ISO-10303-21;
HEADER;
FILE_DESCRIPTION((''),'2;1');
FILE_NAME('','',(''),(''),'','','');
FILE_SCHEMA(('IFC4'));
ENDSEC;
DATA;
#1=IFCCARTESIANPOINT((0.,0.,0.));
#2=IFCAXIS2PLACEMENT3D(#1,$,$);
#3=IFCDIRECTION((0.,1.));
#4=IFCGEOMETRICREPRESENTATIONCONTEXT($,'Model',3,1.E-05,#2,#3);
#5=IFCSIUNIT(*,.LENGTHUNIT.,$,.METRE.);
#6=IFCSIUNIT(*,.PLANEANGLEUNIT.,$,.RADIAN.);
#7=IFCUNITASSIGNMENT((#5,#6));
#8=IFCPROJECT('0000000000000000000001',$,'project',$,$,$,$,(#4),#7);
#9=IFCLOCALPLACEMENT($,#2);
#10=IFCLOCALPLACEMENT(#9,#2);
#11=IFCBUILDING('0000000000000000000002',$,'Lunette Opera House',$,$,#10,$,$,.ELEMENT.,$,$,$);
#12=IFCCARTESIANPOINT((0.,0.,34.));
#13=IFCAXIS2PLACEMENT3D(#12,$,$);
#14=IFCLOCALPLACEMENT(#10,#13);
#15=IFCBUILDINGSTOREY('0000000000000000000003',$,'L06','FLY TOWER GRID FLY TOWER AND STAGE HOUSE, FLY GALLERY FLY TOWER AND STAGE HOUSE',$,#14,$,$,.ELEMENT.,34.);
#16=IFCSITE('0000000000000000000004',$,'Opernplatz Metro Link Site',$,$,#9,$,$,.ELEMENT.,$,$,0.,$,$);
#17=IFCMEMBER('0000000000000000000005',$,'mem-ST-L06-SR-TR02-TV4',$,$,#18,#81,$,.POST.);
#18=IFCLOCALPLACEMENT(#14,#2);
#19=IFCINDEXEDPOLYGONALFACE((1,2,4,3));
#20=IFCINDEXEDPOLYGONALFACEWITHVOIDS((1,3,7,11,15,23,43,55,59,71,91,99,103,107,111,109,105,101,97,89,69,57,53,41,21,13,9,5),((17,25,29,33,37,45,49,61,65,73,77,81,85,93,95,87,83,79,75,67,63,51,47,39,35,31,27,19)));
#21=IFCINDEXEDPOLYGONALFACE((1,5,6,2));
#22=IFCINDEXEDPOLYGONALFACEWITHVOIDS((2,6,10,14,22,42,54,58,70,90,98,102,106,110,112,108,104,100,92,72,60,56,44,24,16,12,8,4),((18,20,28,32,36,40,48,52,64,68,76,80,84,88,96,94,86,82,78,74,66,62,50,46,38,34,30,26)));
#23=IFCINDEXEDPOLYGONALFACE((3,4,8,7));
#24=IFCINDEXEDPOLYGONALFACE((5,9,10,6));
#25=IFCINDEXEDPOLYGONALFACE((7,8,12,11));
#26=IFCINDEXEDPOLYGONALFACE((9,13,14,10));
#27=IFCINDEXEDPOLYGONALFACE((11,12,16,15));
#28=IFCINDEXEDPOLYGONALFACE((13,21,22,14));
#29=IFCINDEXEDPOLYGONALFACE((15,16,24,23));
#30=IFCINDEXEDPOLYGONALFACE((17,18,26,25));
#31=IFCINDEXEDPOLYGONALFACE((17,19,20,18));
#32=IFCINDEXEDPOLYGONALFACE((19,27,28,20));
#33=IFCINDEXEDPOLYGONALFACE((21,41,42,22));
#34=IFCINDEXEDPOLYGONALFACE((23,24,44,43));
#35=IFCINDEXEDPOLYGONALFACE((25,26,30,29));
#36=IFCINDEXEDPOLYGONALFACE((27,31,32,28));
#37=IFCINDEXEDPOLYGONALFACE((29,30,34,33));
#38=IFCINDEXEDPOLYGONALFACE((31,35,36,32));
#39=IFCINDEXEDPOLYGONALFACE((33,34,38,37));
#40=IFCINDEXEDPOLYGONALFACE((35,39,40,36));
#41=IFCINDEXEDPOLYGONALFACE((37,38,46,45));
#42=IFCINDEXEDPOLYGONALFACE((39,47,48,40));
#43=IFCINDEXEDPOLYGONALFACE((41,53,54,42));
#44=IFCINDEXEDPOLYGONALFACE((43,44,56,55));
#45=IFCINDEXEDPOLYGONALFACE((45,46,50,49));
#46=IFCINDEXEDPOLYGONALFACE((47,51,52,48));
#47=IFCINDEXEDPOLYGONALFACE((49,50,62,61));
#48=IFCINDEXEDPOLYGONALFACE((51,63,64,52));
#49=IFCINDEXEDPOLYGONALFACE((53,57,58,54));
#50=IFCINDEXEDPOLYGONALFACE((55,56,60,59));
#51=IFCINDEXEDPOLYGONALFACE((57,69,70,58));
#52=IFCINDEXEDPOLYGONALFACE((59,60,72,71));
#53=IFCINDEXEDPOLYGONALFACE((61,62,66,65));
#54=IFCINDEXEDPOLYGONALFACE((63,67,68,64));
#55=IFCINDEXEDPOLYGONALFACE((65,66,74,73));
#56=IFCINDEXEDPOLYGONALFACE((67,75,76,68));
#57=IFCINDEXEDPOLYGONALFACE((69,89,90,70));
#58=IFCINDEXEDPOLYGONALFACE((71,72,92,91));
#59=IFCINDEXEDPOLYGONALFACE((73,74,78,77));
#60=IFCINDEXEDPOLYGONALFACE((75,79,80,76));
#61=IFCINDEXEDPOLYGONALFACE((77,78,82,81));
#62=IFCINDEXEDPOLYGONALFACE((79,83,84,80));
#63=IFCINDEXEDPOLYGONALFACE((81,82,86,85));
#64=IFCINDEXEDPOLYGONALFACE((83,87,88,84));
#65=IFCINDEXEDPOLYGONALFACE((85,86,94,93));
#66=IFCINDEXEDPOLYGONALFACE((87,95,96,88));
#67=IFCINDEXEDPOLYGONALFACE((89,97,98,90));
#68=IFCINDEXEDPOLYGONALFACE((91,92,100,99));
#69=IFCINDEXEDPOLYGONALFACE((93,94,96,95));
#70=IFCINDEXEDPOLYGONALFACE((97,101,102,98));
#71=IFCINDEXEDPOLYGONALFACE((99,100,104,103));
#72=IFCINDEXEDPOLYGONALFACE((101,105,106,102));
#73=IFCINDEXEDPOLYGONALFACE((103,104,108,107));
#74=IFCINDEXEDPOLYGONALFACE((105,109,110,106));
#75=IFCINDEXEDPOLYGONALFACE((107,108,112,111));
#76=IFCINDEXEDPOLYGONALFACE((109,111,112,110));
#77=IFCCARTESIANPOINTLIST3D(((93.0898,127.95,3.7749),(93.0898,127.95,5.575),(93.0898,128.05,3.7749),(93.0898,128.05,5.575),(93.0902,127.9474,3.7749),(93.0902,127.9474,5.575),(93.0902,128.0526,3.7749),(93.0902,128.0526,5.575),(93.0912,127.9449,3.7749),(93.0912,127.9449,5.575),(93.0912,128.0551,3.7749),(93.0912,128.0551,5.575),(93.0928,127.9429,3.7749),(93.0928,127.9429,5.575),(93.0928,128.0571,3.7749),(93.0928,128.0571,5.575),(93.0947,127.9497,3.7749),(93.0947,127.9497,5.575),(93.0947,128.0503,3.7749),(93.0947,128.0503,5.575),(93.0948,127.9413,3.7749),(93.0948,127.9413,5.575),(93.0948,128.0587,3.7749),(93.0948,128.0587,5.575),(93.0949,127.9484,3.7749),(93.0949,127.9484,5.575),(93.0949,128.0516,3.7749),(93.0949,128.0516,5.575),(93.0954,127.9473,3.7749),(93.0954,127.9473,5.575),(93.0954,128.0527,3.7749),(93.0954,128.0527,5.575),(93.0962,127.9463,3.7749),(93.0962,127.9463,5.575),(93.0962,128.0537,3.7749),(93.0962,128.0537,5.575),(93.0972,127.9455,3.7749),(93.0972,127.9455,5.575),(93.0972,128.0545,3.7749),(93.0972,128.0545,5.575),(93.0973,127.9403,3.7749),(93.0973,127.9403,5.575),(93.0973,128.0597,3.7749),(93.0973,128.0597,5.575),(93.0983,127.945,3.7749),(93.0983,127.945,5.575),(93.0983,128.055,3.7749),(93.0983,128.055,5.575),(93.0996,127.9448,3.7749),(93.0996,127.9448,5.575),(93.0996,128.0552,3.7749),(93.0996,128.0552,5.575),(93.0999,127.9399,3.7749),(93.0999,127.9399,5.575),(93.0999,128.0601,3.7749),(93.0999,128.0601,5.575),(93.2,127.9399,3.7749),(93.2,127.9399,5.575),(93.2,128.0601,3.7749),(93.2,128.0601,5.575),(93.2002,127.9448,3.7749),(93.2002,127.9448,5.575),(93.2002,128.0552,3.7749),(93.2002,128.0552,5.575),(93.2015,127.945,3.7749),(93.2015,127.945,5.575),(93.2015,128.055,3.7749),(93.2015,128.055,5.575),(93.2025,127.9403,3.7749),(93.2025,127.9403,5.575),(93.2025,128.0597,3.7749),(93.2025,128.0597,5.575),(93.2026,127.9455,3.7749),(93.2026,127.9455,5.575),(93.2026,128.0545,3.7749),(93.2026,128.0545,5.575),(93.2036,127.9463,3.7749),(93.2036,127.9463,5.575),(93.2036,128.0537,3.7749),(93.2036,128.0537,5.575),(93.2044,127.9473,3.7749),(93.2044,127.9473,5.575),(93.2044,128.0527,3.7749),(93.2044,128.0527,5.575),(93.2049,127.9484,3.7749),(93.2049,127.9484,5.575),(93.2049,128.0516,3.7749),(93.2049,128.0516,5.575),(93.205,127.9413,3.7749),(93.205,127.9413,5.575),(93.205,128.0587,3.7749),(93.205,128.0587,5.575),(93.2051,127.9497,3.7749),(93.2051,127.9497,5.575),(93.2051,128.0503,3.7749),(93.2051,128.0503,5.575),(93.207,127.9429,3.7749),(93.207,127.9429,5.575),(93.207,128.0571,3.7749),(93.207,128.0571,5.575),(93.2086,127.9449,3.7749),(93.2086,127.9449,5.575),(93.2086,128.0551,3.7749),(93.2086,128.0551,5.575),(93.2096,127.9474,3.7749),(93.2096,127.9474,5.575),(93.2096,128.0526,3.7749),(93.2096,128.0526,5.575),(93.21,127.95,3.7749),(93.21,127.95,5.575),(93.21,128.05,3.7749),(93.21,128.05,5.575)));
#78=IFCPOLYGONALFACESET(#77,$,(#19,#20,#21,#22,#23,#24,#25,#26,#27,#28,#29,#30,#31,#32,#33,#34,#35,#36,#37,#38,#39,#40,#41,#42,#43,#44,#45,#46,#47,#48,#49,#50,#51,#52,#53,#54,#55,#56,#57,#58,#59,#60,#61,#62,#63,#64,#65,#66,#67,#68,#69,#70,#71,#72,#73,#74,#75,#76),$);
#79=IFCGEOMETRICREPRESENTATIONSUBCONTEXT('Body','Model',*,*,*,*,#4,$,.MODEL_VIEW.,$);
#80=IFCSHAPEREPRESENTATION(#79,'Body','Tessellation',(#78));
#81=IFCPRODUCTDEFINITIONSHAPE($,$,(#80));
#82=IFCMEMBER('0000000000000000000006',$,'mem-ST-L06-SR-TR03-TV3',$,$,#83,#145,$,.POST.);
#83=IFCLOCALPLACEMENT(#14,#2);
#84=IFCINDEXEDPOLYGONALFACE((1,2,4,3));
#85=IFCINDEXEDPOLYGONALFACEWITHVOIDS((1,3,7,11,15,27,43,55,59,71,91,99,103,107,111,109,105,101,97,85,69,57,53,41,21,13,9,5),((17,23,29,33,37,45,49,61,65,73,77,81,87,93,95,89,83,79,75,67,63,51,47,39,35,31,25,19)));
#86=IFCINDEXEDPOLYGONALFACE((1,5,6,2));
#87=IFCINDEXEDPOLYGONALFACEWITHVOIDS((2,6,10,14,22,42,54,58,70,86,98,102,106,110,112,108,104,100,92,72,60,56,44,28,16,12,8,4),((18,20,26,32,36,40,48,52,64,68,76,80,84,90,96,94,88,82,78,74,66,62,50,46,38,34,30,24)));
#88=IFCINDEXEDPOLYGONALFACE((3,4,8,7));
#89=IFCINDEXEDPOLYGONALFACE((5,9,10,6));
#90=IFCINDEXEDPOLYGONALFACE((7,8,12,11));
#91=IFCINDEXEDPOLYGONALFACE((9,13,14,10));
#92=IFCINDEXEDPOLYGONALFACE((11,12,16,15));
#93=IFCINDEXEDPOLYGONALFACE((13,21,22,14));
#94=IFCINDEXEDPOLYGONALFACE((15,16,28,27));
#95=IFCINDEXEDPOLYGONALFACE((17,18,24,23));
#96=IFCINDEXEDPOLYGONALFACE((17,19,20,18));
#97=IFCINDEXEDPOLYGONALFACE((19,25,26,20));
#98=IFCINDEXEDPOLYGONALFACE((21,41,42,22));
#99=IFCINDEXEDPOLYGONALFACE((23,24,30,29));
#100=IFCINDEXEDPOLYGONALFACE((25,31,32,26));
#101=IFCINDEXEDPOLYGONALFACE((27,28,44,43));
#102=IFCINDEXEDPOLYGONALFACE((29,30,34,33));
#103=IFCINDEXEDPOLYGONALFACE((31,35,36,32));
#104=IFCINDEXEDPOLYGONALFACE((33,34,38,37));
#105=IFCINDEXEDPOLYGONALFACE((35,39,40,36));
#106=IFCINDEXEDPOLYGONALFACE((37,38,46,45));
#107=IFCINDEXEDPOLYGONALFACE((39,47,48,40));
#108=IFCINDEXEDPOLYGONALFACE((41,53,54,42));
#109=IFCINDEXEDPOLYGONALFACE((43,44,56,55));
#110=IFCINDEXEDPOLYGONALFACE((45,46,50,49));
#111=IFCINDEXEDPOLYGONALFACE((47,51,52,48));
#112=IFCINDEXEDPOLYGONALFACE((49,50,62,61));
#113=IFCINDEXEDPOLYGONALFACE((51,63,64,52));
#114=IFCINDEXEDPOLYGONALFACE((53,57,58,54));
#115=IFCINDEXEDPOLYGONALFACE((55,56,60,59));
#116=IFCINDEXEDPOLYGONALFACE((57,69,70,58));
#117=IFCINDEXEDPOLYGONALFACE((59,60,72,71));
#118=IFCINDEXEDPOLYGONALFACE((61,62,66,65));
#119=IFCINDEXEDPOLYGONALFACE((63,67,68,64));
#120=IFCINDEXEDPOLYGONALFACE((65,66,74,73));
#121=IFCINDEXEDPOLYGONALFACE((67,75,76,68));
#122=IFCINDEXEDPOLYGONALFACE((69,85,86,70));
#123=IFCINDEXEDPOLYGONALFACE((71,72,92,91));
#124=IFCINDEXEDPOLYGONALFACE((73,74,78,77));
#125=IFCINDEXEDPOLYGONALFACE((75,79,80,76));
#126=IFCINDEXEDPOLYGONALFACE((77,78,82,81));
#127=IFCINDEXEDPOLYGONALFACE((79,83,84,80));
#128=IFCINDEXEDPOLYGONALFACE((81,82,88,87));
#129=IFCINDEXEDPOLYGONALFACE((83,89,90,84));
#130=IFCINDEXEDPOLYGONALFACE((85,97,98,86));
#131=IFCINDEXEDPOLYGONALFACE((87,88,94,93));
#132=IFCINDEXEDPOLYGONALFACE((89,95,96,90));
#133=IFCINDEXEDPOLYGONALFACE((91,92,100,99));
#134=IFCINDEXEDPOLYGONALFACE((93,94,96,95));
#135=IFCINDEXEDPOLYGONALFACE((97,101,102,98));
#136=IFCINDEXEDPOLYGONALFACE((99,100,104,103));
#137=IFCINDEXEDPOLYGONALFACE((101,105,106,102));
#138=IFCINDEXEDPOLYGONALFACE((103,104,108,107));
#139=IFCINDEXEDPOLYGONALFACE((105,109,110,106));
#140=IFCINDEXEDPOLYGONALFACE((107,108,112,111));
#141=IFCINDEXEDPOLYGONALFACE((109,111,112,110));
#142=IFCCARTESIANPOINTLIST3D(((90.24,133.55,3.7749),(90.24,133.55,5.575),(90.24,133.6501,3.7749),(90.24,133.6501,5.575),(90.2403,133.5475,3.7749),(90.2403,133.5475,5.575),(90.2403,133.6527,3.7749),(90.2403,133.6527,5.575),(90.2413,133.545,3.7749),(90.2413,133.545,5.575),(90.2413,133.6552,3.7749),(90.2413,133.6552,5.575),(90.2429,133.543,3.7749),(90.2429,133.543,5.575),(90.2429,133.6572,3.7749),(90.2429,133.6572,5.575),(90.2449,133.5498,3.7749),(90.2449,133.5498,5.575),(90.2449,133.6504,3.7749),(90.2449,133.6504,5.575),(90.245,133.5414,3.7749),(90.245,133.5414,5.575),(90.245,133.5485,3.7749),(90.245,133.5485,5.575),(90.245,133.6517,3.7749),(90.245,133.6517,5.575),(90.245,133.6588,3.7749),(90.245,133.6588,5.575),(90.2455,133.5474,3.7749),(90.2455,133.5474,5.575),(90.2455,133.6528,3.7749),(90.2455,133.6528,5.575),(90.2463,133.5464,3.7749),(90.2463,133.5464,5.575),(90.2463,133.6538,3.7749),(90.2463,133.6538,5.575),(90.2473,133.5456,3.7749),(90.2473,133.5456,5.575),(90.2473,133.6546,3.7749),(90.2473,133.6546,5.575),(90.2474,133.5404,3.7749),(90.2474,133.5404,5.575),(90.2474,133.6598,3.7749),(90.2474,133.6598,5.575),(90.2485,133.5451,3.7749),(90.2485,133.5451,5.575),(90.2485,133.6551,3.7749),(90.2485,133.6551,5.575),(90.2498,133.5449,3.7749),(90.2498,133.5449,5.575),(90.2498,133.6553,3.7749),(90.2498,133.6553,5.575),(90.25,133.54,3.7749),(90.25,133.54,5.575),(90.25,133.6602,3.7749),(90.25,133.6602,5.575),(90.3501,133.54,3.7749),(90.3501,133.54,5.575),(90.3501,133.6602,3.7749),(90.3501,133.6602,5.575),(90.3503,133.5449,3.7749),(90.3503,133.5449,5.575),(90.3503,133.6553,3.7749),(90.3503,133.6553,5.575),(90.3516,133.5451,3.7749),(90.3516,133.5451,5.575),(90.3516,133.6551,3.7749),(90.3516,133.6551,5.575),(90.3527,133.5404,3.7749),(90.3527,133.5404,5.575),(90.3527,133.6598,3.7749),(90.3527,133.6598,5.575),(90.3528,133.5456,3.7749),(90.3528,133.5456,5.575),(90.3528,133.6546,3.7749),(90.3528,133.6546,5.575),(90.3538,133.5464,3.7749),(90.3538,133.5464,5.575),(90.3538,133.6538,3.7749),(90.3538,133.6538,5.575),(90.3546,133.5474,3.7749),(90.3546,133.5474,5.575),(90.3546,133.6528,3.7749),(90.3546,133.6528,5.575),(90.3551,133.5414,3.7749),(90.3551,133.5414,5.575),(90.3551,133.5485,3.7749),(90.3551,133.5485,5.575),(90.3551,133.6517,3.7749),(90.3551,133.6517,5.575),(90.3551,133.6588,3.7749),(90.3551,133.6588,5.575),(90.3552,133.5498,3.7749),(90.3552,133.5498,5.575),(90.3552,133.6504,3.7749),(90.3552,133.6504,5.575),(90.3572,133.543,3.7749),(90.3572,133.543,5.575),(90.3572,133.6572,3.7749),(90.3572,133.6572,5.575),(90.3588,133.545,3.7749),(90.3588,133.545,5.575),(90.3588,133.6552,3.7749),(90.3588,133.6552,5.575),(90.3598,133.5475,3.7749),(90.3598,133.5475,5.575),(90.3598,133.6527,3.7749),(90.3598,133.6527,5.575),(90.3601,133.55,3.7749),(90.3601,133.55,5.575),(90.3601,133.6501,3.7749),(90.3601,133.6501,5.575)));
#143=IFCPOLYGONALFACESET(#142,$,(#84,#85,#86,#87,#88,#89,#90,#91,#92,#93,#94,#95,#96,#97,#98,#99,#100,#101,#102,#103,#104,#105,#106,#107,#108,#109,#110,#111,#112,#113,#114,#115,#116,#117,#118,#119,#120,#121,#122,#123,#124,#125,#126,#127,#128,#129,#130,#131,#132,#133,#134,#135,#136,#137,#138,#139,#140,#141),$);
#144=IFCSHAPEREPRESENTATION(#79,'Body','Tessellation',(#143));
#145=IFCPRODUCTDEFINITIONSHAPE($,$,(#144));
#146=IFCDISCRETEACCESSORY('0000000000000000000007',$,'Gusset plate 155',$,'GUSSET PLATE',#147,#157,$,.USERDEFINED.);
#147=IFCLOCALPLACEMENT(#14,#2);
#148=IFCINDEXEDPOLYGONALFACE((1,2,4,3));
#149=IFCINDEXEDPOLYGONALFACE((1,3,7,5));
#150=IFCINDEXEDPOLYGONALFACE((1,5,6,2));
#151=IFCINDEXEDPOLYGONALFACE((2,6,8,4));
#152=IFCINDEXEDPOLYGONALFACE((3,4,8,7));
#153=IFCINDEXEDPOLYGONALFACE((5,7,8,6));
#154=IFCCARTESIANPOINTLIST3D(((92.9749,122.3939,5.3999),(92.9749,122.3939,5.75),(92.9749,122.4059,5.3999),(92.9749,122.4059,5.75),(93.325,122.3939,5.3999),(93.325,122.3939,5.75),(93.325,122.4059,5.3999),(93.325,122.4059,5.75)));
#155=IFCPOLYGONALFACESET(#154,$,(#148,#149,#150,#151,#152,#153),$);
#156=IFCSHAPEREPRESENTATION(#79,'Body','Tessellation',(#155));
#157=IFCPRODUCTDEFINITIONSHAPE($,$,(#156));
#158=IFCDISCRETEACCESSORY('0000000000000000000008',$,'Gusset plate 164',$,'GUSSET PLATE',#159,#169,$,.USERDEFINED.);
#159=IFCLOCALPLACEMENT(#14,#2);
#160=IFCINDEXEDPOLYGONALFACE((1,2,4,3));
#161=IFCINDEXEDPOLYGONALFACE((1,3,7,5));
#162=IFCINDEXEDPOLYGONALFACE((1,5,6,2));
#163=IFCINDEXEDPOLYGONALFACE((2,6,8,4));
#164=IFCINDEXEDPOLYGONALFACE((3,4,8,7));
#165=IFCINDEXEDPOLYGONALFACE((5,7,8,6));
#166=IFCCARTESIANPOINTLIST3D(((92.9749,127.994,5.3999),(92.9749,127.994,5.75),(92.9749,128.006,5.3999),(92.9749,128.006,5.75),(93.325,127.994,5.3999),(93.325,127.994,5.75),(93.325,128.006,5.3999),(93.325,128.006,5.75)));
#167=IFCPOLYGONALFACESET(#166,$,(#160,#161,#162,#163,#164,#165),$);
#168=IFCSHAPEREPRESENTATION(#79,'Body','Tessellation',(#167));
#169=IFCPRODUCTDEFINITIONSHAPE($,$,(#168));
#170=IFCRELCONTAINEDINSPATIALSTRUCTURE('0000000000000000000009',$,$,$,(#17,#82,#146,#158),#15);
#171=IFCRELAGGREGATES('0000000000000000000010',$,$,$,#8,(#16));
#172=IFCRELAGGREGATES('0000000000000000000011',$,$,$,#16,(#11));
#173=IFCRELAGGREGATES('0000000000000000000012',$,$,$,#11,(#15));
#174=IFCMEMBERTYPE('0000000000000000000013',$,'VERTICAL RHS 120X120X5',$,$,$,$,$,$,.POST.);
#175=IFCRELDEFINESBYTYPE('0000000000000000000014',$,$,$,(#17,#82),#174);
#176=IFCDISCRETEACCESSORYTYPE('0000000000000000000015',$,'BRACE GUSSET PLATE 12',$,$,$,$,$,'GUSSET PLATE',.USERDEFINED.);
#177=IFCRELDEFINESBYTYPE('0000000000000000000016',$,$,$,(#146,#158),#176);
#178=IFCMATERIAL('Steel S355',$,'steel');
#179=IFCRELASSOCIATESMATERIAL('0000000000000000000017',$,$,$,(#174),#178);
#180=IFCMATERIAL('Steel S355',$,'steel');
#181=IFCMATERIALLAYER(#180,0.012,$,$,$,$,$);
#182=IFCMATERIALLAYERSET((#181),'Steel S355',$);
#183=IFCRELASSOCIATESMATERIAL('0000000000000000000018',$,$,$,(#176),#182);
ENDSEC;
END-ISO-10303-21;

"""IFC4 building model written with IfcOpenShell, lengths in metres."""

from ifc_helpers import new_model, si_unit, direction, frame, origin, origin_2d, place, context, subcontext, project, spatial, rectangle, hollow_rectangle, extrude, material, layer, layer_set, material_profile, profile_set, type_object, element, save


model = new_model("IFC4")

# Units and contexts
model_context = context("Model", 3, precision=1e-05, world=origin(), true_north=direction((0.0, 1.0)))
body_context = subcontext(model_context, "Body", "Model", "MODEL_VIEW")
ifc_project = project(units=[si_unit("LENGTHUNIT", "METRE"), si_unit("PLANEANGLEUNIT", "RADIAN")], contexts=[model_context])

# Site, building, storey
site_placement = place(None, origin())
site = spatial("IfcSite", under=ifc_project, at=site_placement, Name="Opernplatz Metro Link Site", CompositionType="ELEMENT", RefElevation=0.0)
building_placement = place(site_placement, origin())
building = spatial("IfcBuilding", under=site, at=building_placement, Name="Lunette Opera House", CompositionType="ELEMENT")
storey_placement = place(building_placement, frame((0.0, 0.0, 34.0)))
storey = spatial("IfcBuildingStorey", under=building, at=storey_placement, Name="L06", Description="FLY TOWER GRID FLY TOWER AND STAGE HOUSE, FLY GALLERY FLY TOWER AND STAGE HOUSE", CompositionType="ELEMENT", Elevation=34.0)

# Members
ifc_material_1 = material(Name="Steel S355", Category="steel")
ifc_material_profile_1 = material_profile(ifc_material_1, hollow_rectangle(XDim=0.1201, YDim=0.1201, WallThickness=0.0049, InnerFilletRadius=0.0049, OuterFilletRadius=0.01, at=origin_2d()), Name="RHS 120X120X5")
ifc_profile_set_1 = profile_set([ifc_material_profile_1], Name="Steel S355")
member_type_1 = type_object("IfcMemberType", Name="VERTICAL RHS 120X120X5", PredefinedType="POST", material=ifc_profile_set_1)
for number, where, z_axis, x_axis, name in (
    (1, (93.1499, 128.0, 3.7749), (0.0, 0.0, 1.0), (1.0, 0.0, 0.0), "mem-ST-L06-SR-TR02-TV4"),
    (2, (90.3, 133.6001, 3.7749), (0.0, 0.0, 1.0), (1.0, 0.0, 0.0), "mem-ST-L06-SR-TR03-TV3"),
):
    element("IfcMember", number, at=place(storey_placement, frame(where, z_axis=z_axis, x_axis=x_axis)), inside=storey, type_object=member_type_1, Name=name, PredefinedType="POST", context=body_context, shape_type="SweptSolid", body=[
        extrude(hollow_rectangle(XDim=0.1201, YDim=0.1201, WallThickness=0.0049, InnerFilletRadius=0.0049, OuterFilletRadius=0.01, at=origin_2d()), origin(), (0.0, 0.0, 1.0), 1.8),
    ])

# Discrete accessories
ifc_material_2 = material(Name="Steel S355", Category="steel")
ifc_layer = layer(ifc_material_2, 0.012)
ifc_layer_set = layer_set([ifc_layer], Name="Steel S355")
discrete_accessory_type = type_object("IfcDiscreteAccessoryType", Name="BRACE GUSSET PLATE 12", ElementType="GUSSET PLATE", PredefinedType="USERDEFINED", material=ifc_layer_set)
for number, where, z_axis, x_axis, name in (
    (3, (93.1499, 122.3999, 5.3999), (0.0, 0.0, 1.0), (1.0, 0.0, 0.0), "Gusset plate 155"),
    (4, (93.1499, 128.0, 5.3999), (0.0, 0.0, 1.0), (1.0, 0.0, 0.0), "Gusset plate 164"),
):
    element("IfcDiscreteAccessory", number, at=place(storey_placement, frame(where, z_axis=z_axis, x_axis=x_axis)), inside=storey, type_object=discrete_accessory_type, Name=name, ObjectType="GUSSET PLATE", PredefinedType="USERDEFINED", context=body_context, shape_type="SweptSolid", body=[
        extrude(rectangle(XDim=0.3501, YDim=0.012, at=origin_2d()), origin(), (0.0, 0.0, 1.0), 0.3501),
    ])

save(model, "model.ifc")
